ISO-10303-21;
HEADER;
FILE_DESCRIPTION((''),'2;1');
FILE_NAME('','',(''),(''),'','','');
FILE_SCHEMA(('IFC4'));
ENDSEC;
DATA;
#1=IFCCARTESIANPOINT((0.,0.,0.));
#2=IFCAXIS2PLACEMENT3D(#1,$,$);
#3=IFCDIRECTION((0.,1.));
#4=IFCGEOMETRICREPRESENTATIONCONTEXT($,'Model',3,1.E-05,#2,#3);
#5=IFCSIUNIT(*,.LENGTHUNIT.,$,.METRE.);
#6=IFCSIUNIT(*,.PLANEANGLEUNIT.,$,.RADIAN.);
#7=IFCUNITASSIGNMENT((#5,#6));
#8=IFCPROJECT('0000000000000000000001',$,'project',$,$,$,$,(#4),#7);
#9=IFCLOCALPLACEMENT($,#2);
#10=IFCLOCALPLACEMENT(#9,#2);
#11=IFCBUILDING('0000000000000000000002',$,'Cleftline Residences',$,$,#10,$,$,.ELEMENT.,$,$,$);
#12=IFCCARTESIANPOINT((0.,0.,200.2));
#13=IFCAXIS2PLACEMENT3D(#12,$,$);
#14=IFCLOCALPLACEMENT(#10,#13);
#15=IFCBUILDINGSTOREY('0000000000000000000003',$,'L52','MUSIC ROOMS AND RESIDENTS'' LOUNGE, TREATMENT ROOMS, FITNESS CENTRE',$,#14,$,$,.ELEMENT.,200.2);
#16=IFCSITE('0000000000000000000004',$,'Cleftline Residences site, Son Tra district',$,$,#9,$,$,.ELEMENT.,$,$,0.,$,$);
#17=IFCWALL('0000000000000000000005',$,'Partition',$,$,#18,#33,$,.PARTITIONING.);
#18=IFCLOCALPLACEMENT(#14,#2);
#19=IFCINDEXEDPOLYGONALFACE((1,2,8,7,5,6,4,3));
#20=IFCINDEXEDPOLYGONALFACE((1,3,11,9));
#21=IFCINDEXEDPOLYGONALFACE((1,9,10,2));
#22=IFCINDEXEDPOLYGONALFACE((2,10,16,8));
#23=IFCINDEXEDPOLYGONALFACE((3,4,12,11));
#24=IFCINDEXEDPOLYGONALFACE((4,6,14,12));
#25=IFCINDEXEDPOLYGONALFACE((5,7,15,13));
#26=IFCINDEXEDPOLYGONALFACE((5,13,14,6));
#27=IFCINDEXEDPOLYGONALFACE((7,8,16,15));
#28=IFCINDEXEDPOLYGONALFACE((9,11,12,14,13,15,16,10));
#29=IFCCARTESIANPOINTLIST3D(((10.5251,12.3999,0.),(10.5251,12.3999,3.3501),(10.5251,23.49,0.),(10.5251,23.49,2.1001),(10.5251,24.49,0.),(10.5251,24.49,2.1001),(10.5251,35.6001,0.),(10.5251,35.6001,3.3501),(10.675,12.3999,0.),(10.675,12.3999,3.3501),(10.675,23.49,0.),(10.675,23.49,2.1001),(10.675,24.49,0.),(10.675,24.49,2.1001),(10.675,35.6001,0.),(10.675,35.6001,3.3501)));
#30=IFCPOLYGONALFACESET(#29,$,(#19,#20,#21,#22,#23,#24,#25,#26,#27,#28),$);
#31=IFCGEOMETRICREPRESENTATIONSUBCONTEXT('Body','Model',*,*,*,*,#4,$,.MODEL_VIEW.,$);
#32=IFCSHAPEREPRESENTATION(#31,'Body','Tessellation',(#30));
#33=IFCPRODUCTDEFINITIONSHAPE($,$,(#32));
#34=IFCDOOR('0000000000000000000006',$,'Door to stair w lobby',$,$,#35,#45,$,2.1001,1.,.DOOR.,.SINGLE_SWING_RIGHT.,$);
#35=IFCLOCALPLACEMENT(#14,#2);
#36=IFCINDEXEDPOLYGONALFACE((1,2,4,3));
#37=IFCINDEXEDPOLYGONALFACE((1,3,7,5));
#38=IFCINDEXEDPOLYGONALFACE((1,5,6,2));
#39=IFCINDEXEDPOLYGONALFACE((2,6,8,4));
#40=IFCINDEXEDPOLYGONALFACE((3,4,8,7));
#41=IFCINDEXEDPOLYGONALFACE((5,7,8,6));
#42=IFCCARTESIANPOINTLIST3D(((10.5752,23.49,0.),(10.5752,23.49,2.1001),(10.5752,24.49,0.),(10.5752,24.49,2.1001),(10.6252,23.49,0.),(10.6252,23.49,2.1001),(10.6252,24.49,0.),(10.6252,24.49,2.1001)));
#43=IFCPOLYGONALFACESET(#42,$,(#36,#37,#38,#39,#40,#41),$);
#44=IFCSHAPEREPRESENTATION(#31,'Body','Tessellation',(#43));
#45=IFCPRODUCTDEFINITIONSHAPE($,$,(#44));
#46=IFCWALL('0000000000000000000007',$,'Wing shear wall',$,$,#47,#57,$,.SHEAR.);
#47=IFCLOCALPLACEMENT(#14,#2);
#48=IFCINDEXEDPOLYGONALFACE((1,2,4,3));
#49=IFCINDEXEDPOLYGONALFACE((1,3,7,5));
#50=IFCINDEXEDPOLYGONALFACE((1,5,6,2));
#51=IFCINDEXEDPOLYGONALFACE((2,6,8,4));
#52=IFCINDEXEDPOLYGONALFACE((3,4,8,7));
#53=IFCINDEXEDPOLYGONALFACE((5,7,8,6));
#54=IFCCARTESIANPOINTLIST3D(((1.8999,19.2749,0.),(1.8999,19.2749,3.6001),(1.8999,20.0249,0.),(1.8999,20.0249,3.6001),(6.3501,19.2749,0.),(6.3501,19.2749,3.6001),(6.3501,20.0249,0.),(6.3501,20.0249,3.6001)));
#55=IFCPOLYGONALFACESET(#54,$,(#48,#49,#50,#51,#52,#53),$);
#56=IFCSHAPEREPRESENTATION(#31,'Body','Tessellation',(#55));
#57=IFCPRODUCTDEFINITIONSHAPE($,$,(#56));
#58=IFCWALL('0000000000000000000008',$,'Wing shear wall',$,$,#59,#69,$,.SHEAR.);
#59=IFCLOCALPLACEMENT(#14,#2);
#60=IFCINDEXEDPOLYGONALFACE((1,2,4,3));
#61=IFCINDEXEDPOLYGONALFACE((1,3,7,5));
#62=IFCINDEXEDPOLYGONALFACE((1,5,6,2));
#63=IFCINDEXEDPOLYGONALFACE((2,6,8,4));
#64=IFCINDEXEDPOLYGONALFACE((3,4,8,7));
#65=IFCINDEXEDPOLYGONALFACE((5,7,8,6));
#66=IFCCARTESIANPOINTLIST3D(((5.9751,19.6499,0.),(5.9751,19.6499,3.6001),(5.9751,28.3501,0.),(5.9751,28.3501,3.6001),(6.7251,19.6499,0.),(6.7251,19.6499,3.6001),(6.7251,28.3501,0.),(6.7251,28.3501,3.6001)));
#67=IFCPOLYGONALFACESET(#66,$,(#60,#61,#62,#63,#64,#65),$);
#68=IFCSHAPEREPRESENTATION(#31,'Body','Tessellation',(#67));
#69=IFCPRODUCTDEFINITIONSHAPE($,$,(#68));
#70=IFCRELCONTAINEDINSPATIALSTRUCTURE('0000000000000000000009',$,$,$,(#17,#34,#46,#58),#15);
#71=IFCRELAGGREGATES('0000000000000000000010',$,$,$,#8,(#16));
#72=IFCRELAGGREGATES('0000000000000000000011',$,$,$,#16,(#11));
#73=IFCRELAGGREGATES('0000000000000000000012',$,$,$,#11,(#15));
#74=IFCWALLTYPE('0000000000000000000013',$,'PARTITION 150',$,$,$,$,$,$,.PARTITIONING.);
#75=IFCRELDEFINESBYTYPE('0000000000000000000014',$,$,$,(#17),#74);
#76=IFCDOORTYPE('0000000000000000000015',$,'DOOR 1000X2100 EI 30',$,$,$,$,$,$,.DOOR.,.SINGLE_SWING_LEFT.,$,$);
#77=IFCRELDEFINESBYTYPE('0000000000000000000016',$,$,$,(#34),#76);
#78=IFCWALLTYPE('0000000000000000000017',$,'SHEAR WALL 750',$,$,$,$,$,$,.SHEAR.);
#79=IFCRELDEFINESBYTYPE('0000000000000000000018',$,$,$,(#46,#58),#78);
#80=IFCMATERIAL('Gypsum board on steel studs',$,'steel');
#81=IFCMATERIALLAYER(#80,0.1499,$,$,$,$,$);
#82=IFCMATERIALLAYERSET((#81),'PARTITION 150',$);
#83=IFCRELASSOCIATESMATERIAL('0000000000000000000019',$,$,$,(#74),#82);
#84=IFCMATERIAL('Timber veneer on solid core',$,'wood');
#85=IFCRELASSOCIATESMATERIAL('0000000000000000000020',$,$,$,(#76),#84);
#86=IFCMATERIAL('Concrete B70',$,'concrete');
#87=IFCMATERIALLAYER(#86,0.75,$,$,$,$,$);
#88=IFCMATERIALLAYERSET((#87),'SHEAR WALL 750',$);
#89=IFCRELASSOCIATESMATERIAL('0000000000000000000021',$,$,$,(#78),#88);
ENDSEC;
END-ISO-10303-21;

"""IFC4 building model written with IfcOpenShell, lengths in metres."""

from ifc_helpers import new_model, si_unit, direction, frame, frame_2d, origin, place, context, subcontext, project, spatial, rectangle, extrude, material, layer, layer_set, type_object, element, fill, save


model = new_model("IFC4")

# Units and contexts
model_context = context("Model", 3, precision=1e-05, world=origin(), true_north=direction((0.0, 1.0)))
body_context = subcontext(model_context, "Body", "Model", "MODEL_VIEW")
ifc_project = project(units=[si_unit("LENGTHUNIT", "METRE"), si_unit("PLANEANGLEUNIT", "RADIAN")], contexts=[model_context])

# Site, building, storey
site_placement = place(None, origin())
site = spatial("IfcSite", under=ifc_project, at=site_placement, Name="Cleftline Residences site, Son Tra district", CompositionType="ELEMENT", RefElevation=0.0)
building_placement = place(site_placement, origin())
building = spatial("IfcBuilding", under=site, at=building_placement, Name="Cleftline Residences", CompositionType="ELEMENT")
storey_placement = place(building_placement, frame((0.0, 0.0, 200.2)))
storey = spatial("IfcBuildingStorey", under=building, at=storey_placement, Name="L52", Description="MUSIC ROOMS AND RESIDENTS' LOUNGE, TREATMENT ROOMS, FITNESS CENTRE", CompositionType="ELEMENT", Elevation=200.2)

# Shared definitions
ifc_material_1 = material(Name="Gypsum board on steel studs", Category="steel")
ifc_layer_1 = layer(ifc_material_1, 0.1499)
ifc_layer_set_1 = layer_set([ifc_layer_1], Name="PARTITION 150")
wall_type_1 = type_object("IfcWallType", Name="PARTITION 150", PredefinedType="PARTITIONING", material=ifc_layer_set_1)

# Wall, opening, door
wall_1_placement = place(storey_placement, frame((10.6001, 12.3999, 0.0), z_axis=(0.0, 0.0, 1.0), x_axis=(0.0, 1.0, 0.0)))
wall_1 = element("IfcWall", 1, at=wall_1_placement, inside=storey, type_object=wall_type_1, Name="Partition", PredefinedType="PARTITIONING", context=body_context, shape_type="SweptSolid", body=[
    extrude(rectangle(XDim=23.2002, YDim=0.1499, at=frame_2d((11.6001, 0.0))), origin(), (0.0, 0.0, 1.0), 3.3501),
])
opening_1_placement = place(wall_1_placement, frame((11.0901, 0.0, 0.0)))
opening_1 = element("IfcOpeningElement", 2, at=opening_1_placement, cuts=wall_1, PredefinedType="OPENING", context=body_context, shape_type="SweptSolid", body=[
    extrude(rectangle(XDim=1.0, YDim=2.1001, at=frame_2d((0.5, 1.05))), frame((0.0, 0.085, 0.0), z_axis=(0.0, -1.0, 0.0), x_axis=(1.0, 0.0, 0.0)), (0.0, 0.0, 1.0), 0.1699),
])
ifc_material_2 = material(Name="Timber veneer on solid core", Category="wood")
door_type_1 = type_object("IfcDoorType", Name="DOOR 1000X2100 EI 30", OperationType="SINGLE_SWING_LEFT", PredefinedType="DOOR", material=ifc_material_2)
door_1_placement = place(opening_1_placement, origin())
door_1 = element("IfcDoor", 3, at=door_1_placement, inside=storey, type_object=door_type_1, Name="Door to stair w lobby", OperationType="SINGLE_SWING_RIGHT", OverallHeight=2.1001, OverallWidth=1.0, PredefinedType="DOOR", context=body_context, shape_type="SweptSolid", body=[
    extrude(rectangle(XDim=1.0, YDim=2.1001, at=frame_2d((0.5, 1.05))), frame((0.0, 0.0249, 0.0), z_axis=(0.0, -1.0, 0.0), x_axis=(1.0, 0.0, 0.0)), (0.0, 0.0, 1.0), 0.05),
])
fill(opening_1, door_1)

# Walls
ifc_material_3 = material(Name="Concrete B70", Category="concrete")
ifc_layer_2 = layer(ifc_material_3, 0.75)
ifc_layer_set_2 = layer_set([ifc_layer_2], Name="SHEAR WALL 750")
wall_type_2 = type_object("IfcWallType", Name="SHEAR WALL 750", PredefinedType="SHEAR", material=ifc_layer_set_2)
wall_2_placement = place(storey_placement, frame((1.8999, 19.6499, 0.0), z_axis=(0.0, 0.0, 1.0), x_axis=(1.0, 0.0, 0.0)))
element("IfcWall", 4, at=wall_2_placement, inside=storey, type_object=wall_type_2, Name="Wing shear wall", PredefinedType="SHEAR", context=body_context, shape_type="SweptSolid", body=[
    extrude(rectangle(XDim=4.4502, YDim=0.75, at=frame_2d((2.2251, 0.0))), origin(), (0.0, 0.0, 1.0), 3.6001),
])
wall_3_placement = place(storey_placement, frame((6.3501, 19.6499, 0.0), z_axis=(0.0, 0.0, 1.0), x_axis=(0.0, 1.0, 0.0)))
element("IfcWall", 5, at=wall_3_placement, inside=storey, type_object=wall_type_2, Name="Wing shear wall", PredefinedType="SHEAR", context=body_context, shape_type="SweptSolid", body=[
    extrude(rectangle(XDim=8.7002, YDim=0.75, at=frame_2d((4.3501, 0.0))), origin(), (0.0, 0.0, 1.0), 3.6001),
])

save(model, "model.ifc")
